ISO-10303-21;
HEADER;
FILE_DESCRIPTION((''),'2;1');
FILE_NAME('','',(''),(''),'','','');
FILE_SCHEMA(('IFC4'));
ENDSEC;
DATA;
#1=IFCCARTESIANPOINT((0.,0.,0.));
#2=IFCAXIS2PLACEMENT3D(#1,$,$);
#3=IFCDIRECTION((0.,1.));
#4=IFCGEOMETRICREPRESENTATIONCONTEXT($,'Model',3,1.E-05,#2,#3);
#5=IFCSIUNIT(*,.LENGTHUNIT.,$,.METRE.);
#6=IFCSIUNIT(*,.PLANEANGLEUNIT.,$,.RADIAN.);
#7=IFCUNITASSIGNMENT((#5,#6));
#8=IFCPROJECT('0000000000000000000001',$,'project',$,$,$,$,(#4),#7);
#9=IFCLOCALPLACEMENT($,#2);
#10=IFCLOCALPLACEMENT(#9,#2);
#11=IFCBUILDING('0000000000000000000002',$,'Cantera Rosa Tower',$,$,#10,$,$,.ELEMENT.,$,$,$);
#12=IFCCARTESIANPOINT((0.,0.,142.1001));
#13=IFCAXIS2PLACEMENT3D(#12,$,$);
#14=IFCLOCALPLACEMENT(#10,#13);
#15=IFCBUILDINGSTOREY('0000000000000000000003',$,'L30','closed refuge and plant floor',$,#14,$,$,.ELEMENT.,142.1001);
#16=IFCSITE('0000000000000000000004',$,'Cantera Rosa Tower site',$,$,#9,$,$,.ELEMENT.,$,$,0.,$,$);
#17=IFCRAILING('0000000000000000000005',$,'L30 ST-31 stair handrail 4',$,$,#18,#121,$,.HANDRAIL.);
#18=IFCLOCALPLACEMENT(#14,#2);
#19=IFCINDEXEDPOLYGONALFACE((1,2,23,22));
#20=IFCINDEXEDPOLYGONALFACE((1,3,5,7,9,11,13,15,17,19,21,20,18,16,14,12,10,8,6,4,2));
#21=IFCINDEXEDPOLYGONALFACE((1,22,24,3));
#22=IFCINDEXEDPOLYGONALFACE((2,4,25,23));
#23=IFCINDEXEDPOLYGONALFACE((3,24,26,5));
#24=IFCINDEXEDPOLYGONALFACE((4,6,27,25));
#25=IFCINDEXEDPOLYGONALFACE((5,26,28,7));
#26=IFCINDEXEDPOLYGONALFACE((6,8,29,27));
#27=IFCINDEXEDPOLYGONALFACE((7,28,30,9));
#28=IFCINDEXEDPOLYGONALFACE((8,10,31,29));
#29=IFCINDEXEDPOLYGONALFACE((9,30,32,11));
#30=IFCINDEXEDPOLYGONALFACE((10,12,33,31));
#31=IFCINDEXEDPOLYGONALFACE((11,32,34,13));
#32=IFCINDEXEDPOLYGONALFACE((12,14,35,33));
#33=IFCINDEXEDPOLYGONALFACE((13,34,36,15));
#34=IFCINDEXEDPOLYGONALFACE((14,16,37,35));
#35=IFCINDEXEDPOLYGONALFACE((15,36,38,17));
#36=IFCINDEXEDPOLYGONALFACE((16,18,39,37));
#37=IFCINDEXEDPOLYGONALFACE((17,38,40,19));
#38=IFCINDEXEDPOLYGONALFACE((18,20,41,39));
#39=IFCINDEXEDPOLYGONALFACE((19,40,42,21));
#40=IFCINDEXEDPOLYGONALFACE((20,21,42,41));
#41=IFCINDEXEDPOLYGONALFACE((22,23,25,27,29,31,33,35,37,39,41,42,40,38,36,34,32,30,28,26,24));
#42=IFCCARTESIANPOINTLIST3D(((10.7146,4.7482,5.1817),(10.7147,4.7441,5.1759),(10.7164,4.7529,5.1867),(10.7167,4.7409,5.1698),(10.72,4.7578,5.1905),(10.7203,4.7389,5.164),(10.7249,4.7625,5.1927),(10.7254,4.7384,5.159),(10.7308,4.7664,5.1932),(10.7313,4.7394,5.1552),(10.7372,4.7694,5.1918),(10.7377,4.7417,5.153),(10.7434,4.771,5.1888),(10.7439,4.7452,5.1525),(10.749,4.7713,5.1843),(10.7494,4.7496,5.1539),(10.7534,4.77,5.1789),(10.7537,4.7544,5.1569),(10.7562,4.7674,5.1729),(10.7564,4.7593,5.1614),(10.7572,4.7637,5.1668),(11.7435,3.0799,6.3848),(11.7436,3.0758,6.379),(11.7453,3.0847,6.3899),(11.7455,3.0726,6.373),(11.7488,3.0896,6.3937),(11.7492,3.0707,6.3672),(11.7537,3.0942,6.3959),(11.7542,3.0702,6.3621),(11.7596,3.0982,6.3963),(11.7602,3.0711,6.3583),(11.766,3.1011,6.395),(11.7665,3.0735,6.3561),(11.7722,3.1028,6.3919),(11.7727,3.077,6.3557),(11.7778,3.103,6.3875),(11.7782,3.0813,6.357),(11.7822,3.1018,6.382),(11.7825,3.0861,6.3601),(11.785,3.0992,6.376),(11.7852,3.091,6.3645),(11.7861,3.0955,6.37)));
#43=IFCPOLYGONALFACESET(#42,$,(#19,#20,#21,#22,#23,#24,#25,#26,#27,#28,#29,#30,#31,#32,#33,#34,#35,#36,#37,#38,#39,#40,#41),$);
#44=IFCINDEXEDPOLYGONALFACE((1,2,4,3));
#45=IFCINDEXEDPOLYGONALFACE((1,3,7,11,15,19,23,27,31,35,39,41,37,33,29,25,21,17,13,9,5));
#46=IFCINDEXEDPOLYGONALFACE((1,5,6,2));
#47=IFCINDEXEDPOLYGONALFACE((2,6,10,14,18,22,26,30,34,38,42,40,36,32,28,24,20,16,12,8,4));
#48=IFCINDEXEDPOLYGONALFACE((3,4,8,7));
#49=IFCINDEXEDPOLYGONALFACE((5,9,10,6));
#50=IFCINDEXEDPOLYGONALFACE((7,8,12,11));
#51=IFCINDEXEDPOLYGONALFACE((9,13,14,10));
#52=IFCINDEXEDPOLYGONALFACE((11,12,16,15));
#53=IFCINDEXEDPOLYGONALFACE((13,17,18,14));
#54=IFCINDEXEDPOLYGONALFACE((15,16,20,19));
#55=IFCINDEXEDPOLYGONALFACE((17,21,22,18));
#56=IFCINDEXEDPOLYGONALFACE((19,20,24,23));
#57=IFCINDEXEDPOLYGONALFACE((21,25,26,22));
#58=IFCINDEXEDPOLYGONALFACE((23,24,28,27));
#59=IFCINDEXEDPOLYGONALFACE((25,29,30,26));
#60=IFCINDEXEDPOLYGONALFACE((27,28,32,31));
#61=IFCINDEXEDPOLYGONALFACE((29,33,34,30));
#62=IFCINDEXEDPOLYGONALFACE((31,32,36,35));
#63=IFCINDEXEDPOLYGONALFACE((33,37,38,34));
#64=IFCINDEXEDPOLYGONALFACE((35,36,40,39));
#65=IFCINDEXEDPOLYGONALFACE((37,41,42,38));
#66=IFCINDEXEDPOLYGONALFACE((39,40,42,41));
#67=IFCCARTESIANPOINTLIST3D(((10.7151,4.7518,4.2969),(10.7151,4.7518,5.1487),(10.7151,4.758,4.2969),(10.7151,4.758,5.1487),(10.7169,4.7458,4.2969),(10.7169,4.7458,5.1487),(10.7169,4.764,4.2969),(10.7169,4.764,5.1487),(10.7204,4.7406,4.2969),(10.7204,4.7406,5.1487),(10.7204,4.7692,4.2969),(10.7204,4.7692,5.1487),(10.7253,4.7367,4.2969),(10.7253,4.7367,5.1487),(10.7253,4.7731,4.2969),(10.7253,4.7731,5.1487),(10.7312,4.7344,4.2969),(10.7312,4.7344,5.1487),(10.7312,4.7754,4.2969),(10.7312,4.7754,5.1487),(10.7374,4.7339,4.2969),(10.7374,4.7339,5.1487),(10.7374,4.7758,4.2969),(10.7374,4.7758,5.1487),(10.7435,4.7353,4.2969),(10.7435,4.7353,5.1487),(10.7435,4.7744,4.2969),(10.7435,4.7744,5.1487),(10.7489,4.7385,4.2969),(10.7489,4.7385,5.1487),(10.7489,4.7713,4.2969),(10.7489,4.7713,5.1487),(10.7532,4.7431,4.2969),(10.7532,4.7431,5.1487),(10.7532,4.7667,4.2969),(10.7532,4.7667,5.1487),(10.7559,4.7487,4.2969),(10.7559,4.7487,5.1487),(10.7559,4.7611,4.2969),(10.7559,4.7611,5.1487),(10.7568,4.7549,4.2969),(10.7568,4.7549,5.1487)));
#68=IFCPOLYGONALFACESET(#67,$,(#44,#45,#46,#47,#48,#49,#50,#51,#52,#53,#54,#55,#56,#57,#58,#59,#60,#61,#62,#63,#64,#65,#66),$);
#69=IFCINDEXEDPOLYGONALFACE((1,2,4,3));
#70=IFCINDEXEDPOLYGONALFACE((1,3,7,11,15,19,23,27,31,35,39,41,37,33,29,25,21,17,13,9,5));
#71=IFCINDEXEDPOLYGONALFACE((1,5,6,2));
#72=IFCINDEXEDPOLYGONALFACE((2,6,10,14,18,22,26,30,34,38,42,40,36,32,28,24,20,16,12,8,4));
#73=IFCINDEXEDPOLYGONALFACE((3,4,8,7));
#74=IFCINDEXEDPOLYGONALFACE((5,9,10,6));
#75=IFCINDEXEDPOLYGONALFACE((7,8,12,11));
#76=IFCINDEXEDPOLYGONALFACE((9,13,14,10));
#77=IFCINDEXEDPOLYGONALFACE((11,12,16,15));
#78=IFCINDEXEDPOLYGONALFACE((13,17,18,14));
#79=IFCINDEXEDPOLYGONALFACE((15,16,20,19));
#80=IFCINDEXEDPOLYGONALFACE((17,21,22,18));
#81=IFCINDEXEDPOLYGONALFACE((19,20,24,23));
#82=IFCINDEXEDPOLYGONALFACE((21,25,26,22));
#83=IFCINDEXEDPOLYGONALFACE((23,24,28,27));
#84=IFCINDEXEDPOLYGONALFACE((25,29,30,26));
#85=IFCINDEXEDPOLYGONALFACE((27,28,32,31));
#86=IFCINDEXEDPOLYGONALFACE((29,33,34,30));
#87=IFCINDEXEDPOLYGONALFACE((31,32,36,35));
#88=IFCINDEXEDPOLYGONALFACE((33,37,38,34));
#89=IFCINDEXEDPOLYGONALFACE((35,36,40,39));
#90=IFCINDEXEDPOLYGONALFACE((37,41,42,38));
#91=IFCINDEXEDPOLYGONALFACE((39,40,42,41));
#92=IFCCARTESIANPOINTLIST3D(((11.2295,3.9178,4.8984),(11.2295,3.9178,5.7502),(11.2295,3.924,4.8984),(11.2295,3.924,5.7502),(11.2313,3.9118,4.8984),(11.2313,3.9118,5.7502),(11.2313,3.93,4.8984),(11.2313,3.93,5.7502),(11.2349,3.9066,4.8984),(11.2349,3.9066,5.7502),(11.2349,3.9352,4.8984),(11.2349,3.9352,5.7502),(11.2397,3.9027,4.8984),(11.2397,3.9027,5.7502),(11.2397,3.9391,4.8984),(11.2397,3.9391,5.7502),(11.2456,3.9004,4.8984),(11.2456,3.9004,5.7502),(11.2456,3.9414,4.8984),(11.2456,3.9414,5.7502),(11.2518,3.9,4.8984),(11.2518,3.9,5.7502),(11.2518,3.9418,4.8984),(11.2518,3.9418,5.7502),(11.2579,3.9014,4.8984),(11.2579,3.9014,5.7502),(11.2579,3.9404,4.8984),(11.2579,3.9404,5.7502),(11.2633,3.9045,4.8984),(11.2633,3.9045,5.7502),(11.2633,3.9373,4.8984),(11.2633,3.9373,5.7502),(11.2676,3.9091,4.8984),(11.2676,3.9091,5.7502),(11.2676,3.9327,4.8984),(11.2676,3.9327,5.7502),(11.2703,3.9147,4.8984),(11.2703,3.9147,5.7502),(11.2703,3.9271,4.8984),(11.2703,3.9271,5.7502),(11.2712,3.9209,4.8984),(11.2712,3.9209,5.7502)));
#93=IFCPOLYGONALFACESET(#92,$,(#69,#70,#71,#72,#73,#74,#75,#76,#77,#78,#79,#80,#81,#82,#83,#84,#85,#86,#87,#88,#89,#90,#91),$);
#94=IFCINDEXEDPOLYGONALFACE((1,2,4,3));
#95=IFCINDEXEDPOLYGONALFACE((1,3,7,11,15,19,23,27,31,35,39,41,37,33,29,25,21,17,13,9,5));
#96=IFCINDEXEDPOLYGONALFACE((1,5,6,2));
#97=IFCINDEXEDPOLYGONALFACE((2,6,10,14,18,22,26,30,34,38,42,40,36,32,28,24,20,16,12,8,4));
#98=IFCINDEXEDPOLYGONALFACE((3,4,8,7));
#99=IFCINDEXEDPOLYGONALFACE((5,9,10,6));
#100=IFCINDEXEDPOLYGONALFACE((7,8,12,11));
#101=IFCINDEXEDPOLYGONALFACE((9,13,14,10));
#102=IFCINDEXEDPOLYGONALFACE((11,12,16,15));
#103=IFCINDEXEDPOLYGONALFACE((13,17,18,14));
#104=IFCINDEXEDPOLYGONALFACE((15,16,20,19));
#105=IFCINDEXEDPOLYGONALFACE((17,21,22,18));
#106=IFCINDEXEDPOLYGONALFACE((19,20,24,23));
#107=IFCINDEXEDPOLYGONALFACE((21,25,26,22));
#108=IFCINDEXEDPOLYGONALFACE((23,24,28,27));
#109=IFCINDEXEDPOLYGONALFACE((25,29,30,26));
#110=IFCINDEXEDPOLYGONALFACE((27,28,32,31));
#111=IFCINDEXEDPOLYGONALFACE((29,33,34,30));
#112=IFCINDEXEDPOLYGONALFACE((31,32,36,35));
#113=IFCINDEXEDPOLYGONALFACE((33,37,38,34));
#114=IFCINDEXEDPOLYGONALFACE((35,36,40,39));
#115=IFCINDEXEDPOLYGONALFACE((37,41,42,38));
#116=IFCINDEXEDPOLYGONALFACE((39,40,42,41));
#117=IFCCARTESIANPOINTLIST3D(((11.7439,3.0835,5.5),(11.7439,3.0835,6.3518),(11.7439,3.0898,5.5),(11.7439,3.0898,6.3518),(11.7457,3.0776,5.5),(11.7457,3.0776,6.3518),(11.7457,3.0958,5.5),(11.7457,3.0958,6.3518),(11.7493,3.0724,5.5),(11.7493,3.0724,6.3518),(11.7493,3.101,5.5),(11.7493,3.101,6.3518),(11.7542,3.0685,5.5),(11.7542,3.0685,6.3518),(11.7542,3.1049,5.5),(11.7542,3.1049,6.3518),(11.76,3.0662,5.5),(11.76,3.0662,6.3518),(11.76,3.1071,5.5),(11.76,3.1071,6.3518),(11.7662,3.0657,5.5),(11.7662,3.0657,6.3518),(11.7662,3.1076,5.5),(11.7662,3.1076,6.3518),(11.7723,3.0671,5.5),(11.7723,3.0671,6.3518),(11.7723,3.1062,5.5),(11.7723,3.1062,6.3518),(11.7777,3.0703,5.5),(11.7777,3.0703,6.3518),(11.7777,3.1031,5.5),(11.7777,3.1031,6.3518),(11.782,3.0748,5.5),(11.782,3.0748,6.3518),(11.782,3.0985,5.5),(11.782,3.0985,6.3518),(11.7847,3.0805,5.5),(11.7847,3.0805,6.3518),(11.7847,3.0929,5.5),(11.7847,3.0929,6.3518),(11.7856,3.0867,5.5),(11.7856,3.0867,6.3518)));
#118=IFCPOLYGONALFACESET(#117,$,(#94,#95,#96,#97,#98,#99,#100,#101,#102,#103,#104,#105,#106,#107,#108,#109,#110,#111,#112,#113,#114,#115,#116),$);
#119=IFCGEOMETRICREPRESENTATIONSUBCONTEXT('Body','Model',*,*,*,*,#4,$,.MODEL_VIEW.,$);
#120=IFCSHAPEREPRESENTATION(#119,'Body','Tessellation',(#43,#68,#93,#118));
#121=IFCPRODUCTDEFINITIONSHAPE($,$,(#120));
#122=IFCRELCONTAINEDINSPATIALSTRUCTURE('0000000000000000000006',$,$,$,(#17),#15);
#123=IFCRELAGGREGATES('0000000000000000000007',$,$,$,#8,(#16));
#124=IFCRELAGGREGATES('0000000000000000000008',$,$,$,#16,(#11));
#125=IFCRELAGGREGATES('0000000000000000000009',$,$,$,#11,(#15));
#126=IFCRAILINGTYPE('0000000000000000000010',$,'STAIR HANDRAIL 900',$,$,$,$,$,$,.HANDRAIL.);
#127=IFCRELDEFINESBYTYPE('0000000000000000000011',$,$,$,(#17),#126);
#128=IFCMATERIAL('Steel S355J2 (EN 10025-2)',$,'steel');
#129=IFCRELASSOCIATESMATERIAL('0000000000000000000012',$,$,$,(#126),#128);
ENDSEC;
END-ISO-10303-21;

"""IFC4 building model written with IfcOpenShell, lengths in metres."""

from ifc_helpers import new_model, si_unit, direction, frame, origin, origin_2d, place, context, subcontext, project, spatial, circle, extrude, material, type_object, element, save


model = new_model("IFC4")

# Units and contexts
model_context = context("Model", 3, precision=1e-05, world=origin(), true_north=direction((0.0, 1.0)))
body_context = subcontext(model_context, "Body", "Model", "MODEL_VIEW")
ifc_project = project(units=[si_unit("LENGTHUNIT", "METRE"), si_unit("PLANEANGLEUNIT", "RADIAN")], contexts=[model_context])

# Site, building, storey
site_placement = place(None, origin())
site = spatial("IfcSite", under=ifc_project, at=site_placement, Name="Cantera Rosa Tower site", CompositionType="ELEMENT", RefElevation=0.0)
building_placement = place(site_placement, origin())
building = spatial("IfcBuilding", under=site, at=building_placement, Name="Cantera Rosa Tower", CompositionType="ELEMENT")
storey_placement = place(building_placement, frame((0.0, 0.0, 142.1001)))
storey = spatial("IfcBuildingStorey", under=building, at=storey_placement, Name="L30", Description="closed refuge and plant floor", CompositionType="ELEMENT", Elevation=142.1001)

# Railing
ifc_material_1 = material(Name="Steel S355J2 (EN 10025-2)", Category="steel")
railing_type_1 = type_object("IfcRailingType", Name="STAIR HANDRAIL 900", PredefinedType="HANDRAIL", material=ifc_material_1)
railing_1_placement = place(storey_placement, frame((10.7358, 4.7549, 4.2969)))
element("IfcRailing", 1, at=railing_1_placement, inside=storey, type_object=railing_type_1, Name="L30 ST-31 stair handrail 4", PredefinedType="HANDRAIL", context=body_context, shape_type="SweptSolid", body=[
    extrude(circle(Radius=0.0239, at=origin_2d()), frame((0.0, 0.0, 0.876), z_axis=(0.447355, -0.725386, 0.523153), x_axis=(0.851153, 0.524917, 0.0)), (0.0, 0.0, 1.0), 2.2998),
    extrude(circle(Radius=0.021, at=origin_2d()), origin(), (0.0, 0.0, 1.0), 0.8518),
    extrude(circle(Radius=0.021, at=origin_2d()), frame((0.5144, -0.834, 0.6016)), (0.0, 0.0, 1.0), 0.8518),
    extrude(circle(Radius=0.021, at=origin_2d()), frame((1.0288, -1.6682, 1.2031)), (0.0, 0.0, 1.0), 0.8518),
])

save(model, "model.ifc")
